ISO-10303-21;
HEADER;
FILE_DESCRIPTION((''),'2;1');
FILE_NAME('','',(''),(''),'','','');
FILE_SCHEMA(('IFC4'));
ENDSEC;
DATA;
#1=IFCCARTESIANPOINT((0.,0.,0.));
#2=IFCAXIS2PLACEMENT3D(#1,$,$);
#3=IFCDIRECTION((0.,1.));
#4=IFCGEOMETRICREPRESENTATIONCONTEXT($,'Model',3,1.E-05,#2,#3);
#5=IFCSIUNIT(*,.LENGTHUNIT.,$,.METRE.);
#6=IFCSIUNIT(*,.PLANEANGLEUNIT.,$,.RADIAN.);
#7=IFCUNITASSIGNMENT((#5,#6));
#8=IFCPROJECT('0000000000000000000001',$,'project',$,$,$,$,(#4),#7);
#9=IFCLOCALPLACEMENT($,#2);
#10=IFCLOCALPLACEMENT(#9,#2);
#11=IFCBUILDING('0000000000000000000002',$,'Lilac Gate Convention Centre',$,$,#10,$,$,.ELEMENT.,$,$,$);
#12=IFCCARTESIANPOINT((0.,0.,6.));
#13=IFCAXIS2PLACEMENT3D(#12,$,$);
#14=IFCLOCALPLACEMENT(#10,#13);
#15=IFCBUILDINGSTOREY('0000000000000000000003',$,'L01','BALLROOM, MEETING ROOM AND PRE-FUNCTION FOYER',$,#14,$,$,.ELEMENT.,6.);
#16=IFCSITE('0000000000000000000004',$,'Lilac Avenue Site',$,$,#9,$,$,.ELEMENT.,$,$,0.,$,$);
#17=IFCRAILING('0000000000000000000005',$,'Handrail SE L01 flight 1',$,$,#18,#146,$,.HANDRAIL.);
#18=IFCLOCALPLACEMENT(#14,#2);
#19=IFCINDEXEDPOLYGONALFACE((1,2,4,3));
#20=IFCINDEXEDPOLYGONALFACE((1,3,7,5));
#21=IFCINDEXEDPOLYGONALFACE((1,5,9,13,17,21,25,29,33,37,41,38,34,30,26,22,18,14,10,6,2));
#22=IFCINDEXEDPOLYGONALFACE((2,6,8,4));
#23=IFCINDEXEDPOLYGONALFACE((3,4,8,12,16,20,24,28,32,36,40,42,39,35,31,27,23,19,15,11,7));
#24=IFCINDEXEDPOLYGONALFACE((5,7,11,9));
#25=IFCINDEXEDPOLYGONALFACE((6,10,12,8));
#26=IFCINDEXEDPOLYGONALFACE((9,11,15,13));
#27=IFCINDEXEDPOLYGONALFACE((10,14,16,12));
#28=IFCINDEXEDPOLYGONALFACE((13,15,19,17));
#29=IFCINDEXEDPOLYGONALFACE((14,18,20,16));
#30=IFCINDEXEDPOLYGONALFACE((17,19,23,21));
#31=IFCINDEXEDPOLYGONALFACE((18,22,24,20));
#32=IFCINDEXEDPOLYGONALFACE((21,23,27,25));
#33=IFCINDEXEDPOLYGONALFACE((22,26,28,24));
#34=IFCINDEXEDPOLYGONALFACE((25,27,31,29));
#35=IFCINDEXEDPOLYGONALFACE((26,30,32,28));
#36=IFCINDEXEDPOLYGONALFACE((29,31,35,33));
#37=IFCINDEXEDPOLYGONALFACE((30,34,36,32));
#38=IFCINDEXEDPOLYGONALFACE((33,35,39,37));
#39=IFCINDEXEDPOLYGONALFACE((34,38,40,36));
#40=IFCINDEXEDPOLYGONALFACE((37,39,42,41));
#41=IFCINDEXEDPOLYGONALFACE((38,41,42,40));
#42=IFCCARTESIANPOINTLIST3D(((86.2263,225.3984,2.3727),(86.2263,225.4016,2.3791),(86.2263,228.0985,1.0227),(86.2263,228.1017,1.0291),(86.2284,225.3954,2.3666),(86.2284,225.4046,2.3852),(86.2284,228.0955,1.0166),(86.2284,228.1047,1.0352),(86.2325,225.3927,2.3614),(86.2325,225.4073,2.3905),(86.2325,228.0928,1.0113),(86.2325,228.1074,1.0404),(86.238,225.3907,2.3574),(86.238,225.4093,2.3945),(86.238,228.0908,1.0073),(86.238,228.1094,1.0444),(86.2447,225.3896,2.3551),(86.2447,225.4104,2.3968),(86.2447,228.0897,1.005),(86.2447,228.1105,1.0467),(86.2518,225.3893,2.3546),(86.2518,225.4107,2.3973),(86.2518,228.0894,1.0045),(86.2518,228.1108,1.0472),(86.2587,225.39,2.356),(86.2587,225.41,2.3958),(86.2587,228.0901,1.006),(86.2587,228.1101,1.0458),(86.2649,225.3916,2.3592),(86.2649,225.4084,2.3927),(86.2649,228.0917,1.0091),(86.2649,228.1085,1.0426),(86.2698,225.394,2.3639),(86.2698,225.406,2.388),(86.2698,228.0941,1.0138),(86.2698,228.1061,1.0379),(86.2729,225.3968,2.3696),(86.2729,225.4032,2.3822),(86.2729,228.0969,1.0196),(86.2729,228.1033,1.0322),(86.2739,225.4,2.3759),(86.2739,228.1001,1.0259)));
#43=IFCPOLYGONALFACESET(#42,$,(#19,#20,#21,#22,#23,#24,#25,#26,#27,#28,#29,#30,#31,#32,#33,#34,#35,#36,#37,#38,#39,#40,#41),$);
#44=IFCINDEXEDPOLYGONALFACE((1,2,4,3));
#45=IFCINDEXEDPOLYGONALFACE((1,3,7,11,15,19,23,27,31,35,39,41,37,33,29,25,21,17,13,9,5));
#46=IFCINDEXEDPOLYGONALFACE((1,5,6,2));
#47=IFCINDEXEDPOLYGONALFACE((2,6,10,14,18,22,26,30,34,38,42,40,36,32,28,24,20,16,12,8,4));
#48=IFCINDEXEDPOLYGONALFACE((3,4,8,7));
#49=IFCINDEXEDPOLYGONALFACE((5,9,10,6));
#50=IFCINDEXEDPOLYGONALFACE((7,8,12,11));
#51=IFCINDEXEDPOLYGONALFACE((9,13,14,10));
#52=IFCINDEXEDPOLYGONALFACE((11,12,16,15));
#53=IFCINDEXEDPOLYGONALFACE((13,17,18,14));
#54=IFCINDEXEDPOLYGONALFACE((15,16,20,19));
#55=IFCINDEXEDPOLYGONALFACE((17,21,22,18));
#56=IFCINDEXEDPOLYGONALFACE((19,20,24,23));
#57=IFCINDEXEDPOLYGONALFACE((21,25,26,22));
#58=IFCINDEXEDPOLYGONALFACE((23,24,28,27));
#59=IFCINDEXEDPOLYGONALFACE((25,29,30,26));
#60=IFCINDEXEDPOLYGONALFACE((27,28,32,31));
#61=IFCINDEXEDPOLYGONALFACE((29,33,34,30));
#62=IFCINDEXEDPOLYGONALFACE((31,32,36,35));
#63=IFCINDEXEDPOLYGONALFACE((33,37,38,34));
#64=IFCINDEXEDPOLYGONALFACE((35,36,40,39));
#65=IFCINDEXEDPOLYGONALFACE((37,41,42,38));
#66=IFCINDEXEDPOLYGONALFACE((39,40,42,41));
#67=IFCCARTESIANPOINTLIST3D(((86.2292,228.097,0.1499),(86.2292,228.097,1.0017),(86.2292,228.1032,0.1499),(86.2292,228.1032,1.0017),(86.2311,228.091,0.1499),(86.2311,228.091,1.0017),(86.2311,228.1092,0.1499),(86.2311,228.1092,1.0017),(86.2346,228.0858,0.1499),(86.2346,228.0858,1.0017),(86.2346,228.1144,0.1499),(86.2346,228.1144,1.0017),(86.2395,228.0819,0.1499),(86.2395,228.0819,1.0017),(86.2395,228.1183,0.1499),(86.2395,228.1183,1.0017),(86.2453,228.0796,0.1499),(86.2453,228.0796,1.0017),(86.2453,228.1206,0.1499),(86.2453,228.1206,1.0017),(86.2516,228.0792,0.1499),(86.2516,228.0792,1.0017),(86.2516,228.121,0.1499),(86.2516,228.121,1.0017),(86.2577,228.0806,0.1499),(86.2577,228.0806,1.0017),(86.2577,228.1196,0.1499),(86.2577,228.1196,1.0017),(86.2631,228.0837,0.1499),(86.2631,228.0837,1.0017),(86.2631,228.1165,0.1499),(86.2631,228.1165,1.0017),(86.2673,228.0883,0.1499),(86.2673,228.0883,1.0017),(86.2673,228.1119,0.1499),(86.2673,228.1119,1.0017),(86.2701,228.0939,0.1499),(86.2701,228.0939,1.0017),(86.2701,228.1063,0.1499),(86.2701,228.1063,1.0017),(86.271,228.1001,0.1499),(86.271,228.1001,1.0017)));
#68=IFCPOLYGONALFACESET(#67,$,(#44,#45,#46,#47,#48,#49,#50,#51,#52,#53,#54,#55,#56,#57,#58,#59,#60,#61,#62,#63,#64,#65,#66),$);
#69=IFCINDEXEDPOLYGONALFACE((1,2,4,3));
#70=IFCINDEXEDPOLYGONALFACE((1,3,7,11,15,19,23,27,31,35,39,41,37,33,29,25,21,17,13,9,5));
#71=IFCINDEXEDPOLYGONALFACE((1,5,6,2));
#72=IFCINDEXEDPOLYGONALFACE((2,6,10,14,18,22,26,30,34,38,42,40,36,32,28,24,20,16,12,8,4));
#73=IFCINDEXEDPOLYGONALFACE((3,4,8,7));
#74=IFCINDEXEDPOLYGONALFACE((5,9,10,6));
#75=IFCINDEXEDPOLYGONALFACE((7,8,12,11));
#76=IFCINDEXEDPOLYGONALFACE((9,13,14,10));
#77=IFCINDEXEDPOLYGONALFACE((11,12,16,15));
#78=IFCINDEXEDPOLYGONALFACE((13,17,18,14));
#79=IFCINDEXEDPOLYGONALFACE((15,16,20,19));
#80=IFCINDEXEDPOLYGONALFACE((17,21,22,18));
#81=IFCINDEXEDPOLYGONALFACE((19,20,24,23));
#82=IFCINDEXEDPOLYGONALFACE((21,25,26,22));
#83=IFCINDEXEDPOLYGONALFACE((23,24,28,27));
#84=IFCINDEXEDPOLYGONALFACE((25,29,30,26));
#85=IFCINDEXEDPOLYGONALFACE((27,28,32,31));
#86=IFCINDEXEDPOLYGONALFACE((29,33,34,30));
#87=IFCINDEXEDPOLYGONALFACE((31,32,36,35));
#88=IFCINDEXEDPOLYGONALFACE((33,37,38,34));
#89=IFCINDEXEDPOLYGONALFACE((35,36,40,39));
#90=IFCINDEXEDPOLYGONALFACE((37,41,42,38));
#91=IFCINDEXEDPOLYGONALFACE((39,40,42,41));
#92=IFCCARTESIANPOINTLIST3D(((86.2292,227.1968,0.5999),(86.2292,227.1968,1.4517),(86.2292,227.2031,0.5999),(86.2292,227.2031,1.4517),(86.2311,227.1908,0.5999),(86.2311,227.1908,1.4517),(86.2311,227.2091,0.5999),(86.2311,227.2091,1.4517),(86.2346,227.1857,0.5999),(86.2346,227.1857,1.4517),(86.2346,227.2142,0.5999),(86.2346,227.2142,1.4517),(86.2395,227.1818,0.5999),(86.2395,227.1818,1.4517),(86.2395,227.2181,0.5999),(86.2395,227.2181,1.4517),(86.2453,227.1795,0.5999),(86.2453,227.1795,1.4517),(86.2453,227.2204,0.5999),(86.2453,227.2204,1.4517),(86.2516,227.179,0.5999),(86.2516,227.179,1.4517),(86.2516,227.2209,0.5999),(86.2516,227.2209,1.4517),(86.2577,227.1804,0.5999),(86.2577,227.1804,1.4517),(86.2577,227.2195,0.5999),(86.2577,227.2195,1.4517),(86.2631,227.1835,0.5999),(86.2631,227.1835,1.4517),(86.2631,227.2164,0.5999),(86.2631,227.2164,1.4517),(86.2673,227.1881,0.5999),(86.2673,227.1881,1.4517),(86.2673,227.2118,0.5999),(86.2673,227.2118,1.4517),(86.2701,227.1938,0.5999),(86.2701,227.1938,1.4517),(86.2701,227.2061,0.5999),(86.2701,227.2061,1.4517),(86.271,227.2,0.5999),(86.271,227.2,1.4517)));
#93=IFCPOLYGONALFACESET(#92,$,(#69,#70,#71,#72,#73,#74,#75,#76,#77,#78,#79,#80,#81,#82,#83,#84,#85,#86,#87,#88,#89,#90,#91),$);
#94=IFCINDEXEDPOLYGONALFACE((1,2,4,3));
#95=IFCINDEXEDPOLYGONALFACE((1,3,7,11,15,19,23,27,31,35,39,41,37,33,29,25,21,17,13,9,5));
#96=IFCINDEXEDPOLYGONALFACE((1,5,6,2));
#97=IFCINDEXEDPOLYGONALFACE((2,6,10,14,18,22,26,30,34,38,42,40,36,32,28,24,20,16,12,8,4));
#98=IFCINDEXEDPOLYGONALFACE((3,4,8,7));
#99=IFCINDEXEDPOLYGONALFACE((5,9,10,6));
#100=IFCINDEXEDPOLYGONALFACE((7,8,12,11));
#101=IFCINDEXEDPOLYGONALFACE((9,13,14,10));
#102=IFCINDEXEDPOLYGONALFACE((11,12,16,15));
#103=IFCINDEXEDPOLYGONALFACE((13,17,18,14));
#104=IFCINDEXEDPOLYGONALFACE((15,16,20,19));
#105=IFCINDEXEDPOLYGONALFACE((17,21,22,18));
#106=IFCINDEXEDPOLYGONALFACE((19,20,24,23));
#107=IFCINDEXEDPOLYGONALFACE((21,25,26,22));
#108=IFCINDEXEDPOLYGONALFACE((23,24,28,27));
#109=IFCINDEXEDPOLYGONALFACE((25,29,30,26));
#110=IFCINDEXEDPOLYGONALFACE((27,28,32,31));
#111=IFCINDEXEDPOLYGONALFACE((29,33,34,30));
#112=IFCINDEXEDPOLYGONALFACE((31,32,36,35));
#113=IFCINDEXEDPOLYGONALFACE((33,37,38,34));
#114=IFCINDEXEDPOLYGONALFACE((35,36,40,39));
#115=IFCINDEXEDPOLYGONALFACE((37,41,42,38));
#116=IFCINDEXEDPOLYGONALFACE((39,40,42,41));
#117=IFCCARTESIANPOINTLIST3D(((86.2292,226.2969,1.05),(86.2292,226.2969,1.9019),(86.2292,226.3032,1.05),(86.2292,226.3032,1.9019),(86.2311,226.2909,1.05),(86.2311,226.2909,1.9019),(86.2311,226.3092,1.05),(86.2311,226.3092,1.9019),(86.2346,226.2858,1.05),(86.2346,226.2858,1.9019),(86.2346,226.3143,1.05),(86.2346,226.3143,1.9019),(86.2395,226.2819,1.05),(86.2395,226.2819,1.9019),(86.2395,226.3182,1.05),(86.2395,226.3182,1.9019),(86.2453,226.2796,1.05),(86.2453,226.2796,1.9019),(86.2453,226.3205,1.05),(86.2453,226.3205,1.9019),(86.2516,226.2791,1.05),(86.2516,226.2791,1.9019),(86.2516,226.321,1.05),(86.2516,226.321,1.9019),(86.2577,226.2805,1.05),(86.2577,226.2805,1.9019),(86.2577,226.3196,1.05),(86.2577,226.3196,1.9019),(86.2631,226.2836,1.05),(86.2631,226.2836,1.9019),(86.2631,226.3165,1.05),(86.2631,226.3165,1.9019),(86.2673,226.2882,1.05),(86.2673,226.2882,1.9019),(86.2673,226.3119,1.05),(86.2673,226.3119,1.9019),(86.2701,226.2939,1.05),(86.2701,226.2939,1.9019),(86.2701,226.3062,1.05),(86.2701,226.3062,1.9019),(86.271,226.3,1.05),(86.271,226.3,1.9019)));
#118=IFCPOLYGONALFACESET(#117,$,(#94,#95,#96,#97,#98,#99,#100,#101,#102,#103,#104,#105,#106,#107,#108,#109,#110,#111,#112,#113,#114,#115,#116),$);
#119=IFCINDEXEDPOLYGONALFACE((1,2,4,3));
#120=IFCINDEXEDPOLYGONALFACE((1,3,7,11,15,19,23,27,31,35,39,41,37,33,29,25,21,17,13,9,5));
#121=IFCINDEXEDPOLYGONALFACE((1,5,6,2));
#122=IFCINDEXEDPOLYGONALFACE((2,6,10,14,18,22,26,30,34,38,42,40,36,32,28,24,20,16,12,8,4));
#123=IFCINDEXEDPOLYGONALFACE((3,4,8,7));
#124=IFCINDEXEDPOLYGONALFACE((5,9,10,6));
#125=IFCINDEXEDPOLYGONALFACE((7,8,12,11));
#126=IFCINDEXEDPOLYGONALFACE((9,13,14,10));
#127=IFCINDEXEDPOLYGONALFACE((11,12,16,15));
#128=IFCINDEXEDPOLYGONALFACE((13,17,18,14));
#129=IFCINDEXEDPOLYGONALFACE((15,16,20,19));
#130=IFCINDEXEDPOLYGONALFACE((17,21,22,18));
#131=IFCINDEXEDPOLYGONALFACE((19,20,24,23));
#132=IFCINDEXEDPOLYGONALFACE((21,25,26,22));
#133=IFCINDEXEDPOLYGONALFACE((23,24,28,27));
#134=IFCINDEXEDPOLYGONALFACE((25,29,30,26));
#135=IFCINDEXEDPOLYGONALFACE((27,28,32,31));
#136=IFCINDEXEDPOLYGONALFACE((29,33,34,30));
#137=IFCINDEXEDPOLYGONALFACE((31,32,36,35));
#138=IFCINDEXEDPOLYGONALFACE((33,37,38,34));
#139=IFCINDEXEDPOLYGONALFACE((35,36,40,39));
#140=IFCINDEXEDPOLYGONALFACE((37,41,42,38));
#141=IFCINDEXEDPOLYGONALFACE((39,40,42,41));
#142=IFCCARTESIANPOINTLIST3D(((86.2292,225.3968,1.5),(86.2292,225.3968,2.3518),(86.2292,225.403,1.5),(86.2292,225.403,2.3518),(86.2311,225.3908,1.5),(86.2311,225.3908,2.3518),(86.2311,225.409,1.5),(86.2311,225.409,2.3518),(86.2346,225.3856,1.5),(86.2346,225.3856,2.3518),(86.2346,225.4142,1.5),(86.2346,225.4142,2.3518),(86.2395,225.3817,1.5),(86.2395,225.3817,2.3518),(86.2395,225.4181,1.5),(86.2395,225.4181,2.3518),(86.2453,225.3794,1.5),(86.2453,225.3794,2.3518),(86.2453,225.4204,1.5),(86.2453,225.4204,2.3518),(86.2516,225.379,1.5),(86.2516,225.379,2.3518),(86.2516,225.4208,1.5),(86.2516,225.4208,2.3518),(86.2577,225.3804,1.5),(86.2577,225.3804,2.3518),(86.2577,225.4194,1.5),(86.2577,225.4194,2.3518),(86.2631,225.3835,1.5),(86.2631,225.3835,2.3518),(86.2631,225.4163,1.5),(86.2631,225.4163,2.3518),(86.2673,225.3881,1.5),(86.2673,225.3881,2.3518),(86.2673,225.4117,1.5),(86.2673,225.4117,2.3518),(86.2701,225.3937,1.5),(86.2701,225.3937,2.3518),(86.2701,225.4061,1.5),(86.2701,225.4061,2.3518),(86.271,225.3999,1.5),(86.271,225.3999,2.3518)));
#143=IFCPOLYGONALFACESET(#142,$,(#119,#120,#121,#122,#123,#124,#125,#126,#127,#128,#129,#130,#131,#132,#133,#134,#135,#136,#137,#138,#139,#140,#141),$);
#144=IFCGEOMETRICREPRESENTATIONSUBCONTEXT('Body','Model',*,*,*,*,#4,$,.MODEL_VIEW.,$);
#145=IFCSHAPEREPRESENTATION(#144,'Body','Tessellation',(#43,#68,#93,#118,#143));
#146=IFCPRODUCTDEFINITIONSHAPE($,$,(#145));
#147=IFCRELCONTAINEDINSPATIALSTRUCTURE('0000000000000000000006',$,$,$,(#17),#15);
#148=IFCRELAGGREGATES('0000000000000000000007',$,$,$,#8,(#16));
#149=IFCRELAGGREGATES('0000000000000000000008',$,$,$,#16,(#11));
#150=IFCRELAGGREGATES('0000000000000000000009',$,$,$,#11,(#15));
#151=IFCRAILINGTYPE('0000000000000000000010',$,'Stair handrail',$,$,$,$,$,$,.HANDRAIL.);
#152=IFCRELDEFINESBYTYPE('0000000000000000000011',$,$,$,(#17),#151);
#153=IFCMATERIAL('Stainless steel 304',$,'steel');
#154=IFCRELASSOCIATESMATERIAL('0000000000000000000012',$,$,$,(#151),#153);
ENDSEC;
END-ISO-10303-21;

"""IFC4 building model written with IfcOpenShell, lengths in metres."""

from ifc_helpers import new_model, si_unit, direction, frame, origin, origin_2d, place, context, subcontext, project, spatial, circle, extrude, material, type_object, element, save


model = new_model("IFC4")

# Units and contexts
model_context = context("Model", 3, precision=1e-05, world=origin(), true_north=direction((0.0, 1.0)))
body_context = subcontext(model_context, "Body", "Model", "MODEL_VIEW")
ifc_project = project(units=[si_unit("LENGTHUNIT", "METRE"), si_unit("PLANEANGLEUNIT", "RADIAN")], contexts=[model_context])

# Site, building, storey
site_placement = place(None, origin())
site = spatial("IfcSite", under=ifc_project, at=site_placement, Name="Lilac Avenue Site", CompositionType="ELEMENT", RefElevation=0.0)
building_placement = place(site_placement, origin())
building = spatial("IfcBuilding", under=site, at=building_placement, Name="Lilac Gate Convention Centre", CompositionType="ELEMENT")
storey_placement = place(building_placement, frame((0.0, 0.0, 6.0)))
storey = spatial("IfcBuildingStorey", under=building, at=storey_placement, Name="L01", Description="BALLROOM, MEETING ROOM AND PRE-FUNCTION FOYER", CompositionType="ELEMENT", Elevation=6.0)

# Railing
ifc_material_1 = material(Name="Stainless steel 304", Category="steel")
railing_type = type_object("IfcRailingType", Name="Stair handrail", PredefinedType="HANDRAIL", material=ifc_material_1)
for number, where, name in (
    (1, (86.25, 228.1001, 0.1499), "Handrail SE L01 flight 1"),
):
    element("IfcRailing", number, at=place(storey_placement, frame(where)), inside=storey, type_object=railing_type, Name=name, PredefinedType="HANDRAIL", context=body_context, shape_type="SweptSolid", body=[
        extrude(circle(Radius=0.0239, at=origin_2d()), frame((0.0, 0.0, 0.876), z_axis=(0.0, -0.894427, 0.447214), x_axis=(1.0, 0.0, 0.0)), (0.0, 0.0, 1.0), 3.0188),
        extrude(circle(Radius=0.021, at=origin_2d()), origin(), (0.0, 0.0, 1.0), 0.8518),
        extrude(circle(Radius=0.021, at=origin_2d()), frame((0.0, -0.9001, 0.45)), (0.0, 0.0, 1.0), 0.8518),
        extrude(circle(Radius=0.021, at=origin_2d()), frame((0.0, -1.8, 0.9001)), (0.0, 0.0, 1.0), 0.8518),
        extrude(circle(Radius=0.021, at=origin_2d()), frame((0.0, -2.7002, 1.3501)), (0.0, 0.0, 1.0), 0.8518),
    ])

save(model, "model.ifc")
